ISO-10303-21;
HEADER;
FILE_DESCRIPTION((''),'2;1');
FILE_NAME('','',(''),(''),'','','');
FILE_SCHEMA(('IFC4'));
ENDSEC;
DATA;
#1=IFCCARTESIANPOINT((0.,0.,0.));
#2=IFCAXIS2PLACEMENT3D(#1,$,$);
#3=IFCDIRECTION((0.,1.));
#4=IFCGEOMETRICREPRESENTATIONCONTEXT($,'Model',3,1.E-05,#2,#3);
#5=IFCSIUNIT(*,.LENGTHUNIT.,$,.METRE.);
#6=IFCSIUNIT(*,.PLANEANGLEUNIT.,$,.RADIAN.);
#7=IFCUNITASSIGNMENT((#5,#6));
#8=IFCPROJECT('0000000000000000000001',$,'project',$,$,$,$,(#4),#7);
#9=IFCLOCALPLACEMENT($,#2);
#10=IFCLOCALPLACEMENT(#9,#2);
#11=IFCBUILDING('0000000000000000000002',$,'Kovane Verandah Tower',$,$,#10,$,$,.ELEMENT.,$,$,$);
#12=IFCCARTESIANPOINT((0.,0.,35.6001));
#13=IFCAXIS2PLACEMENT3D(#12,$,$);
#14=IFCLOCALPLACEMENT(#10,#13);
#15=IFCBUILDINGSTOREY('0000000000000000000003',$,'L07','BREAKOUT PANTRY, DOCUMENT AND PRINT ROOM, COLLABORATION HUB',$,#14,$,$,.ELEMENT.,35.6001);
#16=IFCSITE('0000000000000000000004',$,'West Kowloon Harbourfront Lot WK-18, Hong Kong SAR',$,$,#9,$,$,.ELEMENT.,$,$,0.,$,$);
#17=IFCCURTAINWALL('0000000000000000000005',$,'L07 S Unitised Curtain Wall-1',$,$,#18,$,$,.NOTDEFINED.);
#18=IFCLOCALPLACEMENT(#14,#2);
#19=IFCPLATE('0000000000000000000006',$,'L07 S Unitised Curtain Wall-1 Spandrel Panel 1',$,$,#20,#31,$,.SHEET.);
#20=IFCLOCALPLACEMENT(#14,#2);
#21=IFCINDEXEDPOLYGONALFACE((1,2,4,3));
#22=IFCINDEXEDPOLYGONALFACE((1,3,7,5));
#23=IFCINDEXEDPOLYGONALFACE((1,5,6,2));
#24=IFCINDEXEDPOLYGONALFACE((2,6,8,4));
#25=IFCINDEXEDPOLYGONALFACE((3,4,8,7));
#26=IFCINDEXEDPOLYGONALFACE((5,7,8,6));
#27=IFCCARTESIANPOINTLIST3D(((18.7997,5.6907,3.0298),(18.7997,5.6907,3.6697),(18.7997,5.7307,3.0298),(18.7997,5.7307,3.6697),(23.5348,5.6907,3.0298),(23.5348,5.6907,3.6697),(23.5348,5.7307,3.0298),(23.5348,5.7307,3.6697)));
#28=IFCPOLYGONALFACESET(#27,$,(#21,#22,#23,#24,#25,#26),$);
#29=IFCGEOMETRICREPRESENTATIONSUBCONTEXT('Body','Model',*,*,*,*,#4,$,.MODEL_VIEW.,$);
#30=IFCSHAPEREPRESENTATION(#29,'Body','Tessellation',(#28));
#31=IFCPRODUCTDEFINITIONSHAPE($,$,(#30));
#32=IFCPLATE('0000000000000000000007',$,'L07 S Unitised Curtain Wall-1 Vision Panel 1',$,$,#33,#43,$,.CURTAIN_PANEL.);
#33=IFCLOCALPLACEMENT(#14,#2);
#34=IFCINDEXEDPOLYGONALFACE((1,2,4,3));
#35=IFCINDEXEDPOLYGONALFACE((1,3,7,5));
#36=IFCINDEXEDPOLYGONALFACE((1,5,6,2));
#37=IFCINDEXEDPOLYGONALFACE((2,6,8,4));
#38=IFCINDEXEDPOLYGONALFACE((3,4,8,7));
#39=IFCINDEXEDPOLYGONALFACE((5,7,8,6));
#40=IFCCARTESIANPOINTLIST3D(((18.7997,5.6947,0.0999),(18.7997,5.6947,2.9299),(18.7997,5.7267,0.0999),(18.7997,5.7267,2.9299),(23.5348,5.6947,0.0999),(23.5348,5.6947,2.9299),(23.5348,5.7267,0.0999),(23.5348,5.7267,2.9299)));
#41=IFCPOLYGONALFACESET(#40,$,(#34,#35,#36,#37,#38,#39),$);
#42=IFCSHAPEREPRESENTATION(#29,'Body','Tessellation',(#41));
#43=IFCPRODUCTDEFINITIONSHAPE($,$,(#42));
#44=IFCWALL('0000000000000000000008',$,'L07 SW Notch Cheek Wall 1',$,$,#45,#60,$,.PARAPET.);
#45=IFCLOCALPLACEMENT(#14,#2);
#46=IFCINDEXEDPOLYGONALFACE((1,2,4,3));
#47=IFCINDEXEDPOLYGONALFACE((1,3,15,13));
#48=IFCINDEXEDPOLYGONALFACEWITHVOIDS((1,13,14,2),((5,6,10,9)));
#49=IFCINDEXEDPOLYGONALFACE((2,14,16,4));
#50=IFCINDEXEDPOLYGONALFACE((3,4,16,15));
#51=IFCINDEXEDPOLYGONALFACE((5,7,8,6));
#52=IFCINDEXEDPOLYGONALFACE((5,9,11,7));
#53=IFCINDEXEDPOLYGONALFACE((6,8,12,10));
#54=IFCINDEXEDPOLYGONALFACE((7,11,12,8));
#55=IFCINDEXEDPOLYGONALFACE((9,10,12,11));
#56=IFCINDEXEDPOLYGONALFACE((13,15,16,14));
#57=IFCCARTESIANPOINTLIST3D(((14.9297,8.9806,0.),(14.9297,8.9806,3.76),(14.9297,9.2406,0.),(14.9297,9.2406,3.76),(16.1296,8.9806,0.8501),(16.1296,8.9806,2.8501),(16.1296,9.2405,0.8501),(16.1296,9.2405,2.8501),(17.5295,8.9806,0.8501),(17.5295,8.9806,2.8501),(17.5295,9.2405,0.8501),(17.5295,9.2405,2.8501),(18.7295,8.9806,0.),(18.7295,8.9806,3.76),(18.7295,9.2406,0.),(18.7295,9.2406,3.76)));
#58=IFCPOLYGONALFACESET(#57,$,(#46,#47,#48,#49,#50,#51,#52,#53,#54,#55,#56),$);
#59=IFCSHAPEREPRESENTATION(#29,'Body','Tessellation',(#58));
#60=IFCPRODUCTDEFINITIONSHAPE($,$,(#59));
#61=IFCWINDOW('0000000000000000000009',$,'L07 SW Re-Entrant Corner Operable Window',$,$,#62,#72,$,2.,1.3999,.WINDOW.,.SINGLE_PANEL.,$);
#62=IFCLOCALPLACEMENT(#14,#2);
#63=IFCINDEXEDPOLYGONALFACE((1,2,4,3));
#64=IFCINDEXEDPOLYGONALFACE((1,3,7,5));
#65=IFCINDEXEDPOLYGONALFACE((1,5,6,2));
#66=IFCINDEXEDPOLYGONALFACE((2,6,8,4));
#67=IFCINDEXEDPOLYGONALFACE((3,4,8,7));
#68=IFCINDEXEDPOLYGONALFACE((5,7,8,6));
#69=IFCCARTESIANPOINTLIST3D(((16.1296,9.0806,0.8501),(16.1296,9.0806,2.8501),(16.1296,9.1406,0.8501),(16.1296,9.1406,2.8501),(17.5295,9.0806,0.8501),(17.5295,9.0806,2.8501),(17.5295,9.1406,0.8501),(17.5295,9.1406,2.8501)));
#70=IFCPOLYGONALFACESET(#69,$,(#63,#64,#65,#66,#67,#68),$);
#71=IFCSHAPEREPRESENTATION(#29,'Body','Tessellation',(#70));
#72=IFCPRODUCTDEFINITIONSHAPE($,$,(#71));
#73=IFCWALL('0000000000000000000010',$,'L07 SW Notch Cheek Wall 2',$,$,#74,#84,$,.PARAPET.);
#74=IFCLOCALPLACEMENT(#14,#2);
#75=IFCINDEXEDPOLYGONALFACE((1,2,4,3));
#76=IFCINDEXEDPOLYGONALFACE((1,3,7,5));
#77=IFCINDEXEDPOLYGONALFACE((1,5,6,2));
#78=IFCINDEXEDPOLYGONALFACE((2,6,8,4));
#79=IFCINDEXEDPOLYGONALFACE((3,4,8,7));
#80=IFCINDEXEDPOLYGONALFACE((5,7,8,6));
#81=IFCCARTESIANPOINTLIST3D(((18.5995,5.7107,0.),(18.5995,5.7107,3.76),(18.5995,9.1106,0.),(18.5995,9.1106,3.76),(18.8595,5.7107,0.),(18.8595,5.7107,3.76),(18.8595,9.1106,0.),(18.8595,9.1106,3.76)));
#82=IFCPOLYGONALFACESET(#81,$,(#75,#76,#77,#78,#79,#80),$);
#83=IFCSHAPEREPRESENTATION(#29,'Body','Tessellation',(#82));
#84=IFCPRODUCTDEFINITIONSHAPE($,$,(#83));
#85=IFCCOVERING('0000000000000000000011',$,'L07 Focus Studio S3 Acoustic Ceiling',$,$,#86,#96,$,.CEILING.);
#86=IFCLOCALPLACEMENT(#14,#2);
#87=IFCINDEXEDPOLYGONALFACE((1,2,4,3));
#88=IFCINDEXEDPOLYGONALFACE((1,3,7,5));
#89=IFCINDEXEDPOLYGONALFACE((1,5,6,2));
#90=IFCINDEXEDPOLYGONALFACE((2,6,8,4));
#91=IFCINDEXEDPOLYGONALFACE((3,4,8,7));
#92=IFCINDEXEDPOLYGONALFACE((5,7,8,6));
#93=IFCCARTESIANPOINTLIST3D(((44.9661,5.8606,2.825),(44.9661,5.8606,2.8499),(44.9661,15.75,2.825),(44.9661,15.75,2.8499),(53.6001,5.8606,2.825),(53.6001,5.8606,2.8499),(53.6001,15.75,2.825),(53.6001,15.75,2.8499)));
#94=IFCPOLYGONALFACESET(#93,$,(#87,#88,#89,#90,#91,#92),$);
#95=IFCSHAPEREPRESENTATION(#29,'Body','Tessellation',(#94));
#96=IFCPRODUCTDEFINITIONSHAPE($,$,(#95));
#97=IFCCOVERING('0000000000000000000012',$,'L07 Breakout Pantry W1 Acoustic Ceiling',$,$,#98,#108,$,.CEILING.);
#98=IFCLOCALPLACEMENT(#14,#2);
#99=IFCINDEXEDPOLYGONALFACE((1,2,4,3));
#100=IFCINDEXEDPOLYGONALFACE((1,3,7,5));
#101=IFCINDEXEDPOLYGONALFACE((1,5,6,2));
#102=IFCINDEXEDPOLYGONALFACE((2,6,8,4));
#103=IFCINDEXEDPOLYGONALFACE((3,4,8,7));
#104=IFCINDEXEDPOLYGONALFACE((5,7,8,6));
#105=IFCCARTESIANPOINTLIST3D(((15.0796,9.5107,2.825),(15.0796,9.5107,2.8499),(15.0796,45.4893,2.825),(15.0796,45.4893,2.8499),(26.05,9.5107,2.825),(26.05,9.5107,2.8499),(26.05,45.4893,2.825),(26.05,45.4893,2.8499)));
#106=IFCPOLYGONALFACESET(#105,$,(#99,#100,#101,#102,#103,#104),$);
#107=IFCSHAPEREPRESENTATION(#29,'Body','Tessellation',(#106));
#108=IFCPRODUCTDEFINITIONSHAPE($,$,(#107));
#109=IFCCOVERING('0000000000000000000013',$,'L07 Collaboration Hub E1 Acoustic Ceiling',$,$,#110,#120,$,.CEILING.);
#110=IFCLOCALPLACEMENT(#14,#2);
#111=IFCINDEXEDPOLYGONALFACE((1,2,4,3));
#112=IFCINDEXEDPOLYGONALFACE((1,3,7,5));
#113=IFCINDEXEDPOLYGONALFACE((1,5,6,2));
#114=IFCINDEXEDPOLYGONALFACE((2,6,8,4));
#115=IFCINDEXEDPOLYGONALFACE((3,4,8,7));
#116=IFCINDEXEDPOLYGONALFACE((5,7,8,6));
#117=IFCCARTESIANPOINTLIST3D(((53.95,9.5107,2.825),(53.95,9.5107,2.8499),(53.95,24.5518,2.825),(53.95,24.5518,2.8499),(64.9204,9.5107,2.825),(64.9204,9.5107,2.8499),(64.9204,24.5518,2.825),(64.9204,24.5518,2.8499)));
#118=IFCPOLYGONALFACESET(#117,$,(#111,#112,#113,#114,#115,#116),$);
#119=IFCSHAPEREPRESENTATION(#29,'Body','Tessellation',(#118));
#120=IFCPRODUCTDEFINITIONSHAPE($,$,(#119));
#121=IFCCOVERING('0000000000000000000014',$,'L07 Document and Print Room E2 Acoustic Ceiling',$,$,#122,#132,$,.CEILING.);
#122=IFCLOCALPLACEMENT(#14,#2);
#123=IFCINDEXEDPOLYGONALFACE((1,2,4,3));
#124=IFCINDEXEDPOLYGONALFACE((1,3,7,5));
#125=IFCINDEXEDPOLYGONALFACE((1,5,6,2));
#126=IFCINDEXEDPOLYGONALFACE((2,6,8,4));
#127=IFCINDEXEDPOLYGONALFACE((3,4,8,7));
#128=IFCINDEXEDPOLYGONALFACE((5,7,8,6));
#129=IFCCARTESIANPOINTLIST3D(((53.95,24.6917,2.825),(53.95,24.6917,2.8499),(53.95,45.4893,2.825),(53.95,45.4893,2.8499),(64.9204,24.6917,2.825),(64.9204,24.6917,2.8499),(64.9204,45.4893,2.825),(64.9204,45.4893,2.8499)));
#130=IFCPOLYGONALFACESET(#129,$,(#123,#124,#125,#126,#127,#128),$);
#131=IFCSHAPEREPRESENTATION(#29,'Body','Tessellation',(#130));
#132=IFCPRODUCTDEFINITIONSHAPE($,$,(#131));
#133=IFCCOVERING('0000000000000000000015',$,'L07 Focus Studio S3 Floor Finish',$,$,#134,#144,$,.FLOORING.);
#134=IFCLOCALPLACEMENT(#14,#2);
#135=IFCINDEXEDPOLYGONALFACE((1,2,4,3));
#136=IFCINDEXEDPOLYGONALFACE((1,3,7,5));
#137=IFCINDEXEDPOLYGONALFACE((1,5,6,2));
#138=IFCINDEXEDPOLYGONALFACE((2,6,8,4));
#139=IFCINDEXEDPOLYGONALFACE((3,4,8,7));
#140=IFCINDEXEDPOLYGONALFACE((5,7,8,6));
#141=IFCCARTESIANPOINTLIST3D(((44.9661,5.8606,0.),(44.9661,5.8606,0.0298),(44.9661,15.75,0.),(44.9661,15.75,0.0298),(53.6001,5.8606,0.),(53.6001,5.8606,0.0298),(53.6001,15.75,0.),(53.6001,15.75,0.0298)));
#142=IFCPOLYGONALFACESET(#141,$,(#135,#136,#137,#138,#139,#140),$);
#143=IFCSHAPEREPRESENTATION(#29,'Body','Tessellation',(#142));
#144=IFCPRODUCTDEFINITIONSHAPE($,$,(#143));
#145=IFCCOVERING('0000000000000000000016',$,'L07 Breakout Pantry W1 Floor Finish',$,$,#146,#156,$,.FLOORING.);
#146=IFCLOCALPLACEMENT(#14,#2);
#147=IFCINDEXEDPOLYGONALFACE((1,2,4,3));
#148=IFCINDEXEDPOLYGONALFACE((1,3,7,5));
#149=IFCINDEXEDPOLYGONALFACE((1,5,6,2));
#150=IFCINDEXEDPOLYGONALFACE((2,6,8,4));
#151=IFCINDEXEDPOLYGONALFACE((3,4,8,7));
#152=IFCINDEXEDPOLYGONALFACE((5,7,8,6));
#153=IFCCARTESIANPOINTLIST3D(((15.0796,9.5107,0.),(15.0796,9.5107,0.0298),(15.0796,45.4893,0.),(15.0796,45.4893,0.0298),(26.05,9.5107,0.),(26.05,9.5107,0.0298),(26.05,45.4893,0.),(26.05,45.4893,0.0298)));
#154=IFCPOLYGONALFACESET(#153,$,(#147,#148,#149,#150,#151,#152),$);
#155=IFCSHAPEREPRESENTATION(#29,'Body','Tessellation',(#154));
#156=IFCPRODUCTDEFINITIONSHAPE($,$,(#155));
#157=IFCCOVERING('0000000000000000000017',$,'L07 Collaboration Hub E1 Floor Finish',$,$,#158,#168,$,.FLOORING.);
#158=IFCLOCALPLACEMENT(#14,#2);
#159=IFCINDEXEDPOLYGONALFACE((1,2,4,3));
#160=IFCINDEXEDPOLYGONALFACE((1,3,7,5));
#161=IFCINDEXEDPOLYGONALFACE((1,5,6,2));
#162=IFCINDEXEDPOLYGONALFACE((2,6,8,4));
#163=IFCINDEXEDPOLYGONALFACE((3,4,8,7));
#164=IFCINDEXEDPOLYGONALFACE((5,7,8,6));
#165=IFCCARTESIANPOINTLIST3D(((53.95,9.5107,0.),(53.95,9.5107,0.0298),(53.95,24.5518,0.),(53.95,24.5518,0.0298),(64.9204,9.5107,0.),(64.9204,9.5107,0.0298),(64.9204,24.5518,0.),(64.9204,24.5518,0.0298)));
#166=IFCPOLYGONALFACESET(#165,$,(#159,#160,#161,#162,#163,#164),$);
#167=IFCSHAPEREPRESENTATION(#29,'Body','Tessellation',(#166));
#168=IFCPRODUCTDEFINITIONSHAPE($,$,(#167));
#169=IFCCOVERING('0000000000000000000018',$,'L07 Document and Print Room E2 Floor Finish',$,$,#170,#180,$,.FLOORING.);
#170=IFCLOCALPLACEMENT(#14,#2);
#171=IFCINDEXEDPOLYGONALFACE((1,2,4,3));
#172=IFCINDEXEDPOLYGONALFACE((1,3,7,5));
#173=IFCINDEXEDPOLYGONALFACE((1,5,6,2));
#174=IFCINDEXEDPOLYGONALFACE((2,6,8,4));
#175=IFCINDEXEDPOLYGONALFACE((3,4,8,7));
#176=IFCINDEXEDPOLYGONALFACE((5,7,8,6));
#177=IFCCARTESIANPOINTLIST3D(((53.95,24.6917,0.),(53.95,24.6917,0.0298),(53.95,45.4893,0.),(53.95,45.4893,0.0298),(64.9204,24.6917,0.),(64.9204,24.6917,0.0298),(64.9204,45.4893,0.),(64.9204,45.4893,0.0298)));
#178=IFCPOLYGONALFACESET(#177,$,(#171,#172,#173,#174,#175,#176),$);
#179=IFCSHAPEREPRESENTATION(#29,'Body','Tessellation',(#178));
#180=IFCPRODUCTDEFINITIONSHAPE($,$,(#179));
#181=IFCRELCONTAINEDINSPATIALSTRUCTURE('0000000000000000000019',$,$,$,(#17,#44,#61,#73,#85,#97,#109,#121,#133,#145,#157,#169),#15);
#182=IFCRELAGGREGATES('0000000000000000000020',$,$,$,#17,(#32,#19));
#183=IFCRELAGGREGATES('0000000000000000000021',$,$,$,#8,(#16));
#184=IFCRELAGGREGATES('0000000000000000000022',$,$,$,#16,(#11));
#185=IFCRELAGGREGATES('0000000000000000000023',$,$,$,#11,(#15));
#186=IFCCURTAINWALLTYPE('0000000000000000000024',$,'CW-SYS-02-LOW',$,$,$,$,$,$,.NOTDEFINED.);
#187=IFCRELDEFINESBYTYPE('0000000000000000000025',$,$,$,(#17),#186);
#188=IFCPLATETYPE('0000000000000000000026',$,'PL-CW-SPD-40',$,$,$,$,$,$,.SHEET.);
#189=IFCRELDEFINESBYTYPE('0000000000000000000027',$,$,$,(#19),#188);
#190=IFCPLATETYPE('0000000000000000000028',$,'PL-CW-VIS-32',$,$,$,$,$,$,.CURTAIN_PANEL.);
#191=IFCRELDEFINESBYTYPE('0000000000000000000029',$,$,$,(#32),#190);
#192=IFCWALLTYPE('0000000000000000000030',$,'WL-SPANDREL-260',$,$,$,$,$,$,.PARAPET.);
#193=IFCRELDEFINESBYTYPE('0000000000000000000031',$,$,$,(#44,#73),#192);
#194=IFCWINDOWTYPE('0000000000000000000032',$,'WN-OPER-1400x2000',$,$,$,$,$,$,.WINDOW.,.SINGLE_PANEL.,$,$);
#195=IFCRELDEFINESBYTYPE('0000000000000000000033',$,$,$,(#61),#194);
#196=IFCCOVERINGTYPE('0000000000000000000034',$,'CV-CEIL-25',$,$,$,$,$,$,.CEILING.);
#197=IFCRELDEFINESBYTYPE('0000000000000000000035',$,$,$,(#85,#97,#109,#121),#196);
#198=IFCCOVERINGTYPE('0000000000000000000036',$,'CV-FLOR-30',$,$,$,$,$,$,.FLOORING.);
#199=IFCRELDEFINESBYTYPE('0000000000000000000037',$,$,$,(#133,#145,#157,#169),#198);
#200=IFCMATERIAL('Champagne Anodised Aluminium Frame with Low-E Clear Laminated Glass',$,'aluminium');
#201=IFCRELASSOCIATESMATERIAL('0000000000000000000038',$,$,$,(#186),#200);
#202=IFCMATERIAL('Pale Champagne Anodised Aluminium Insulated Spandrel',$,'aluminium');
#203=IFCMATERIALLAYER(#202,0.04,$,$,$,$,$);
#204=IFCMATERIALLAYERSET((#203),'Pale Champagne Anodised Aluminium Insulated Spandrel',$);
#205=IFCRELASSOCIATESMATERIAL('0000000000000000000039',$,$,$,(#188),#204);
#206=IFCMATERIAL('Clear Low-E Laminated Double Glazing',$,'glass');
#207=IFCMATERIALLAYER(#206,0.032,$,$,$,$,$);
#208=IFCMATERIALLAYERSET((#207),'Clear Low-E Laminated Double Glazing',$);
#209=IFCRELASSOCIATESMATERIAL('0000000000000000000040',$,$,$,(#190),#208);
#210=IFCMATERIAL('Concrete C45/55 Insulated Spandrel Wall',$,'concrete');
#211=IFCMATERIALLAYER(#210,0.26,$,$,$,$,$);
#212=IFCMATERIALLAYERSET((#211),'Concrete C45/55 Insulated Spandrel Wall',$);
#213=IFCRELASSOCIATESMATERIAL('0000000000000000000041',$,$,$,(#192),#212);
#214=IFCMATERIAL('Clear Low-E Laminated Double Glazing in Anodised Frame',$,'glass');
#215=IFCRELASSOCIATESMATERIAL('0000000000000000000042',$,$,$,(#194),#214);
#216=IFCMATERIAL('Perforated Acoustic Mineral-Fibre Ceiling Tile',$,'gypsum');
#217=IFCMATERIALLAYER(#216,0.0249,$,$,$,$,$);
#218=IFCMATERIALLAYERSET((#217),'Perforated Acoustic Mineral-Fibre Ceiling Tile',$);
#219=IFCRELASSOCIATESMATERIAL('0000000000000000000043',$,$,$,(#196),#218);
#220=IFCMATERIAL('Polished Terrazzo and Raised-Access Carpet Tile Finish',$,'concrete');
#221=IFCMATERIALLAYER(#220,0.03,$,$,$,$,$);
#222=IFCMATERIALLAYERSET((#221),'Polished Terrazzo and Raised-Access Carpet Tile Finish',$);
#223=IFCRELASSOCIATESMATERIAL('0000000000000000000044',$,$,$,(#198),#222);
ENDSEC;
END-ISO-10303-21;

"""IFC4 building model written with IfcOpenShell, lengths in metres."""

from ifc_helpers import new_model, si_unit, direction, frame, frame_2d, origin, origin_2d, place, context, subcontext, project, spatial, polyline, rectangle, outline, extrude, material, layer, layer_set, type_object, element, fill, aggregate, save


model = new_model("IFC4")

# Units and contexts
model_context = context("Model", 3, precision=1e-05, world=origin(), true_north=direction((0.0, 1.0)))
body_context = subcontext(model_context, "Body", "Model", "MODEL_VIEW")
ifc_project = project(units=[si_unit("LENGTHUNIT", "METRE"), si_unit("PLANEANGLEUNIT", "RADIAN")], contexts=[model_context])

# Site, building, storey
site_placement = place(None, origin())
site = spatial("IfcSite", under=ifc_project, at=site_placement, Name="West Kowloon Harbourfront Lot WK-18, Hong Kong SAR", CompositionType="ELEMENT", RefElevation=0.0)
building_placement = place(site_placement, origin())
building = spatial("IfcBuilding", under=site, at=building_placement, Name="Kovane Verandah Tower", CompositionType="ELEMENT")
storey_placement = place(building_placement, frame((0.0, 0.0, 35.6001)))
storey = spatial("IfcBuildingStorey", under=building, at=storey_placement, Name="L07", Description="BREAKOUT PANTRY, DOCUMENT AND PRINT ROOM, COLLABORATION HUB", CompositionType="ELEMENT", Elevation=35.6001)

# Curtain wall, plates
ifc_material_1 = material(Name="Champagne Anodised Aluminium Frame with Low-E Clear Laminated Glass", Category="aluminium")
curtain_wall_type = type_object("IfcCurtainWallType", Name="CW-SYS-02-LOW", PredefinedType="NOTDEFINED", material=ifc_material_1)
curtain_wall_placement = place(storey_placement, origin())
curtain_wall = element("IfcCurtainWall", 1, at=curtain_wall_placement, inside=storey, type_object=curtain_wall_type, Name="L07 S Unitised Curtain Wall-1", PredefinedType="NOTDEFINED")
ifc_material_2 = material(Name="Pale Champagne Anodised Aluminium Insulated Spandrel", Category="aluminium")
ifc_layer_1 = layer(ifc_material_2, 0.04)
ifc_layer_set_1 = layer_set([ifc_layer_1], Name="Pale Champagne Anodised Aluminium Insulated Spandrel")
plate_type_1 = type_object("IfcPlateType", Name="PL-CW-SPD-40", PredefinedType="SHEET", material=ifc_layer_set_1)
plate_1_placement = place(storey_placement, frame((21.1672, 5.7107, 3.0298), z_axis=(0.0, 0.0, 1.0), x_axis=(1.0, 0.0, 0.0)))
plate_1 = element("IfcPlate", 2, at=plate_1_placement, type_object=plate_type_1, Name="L07 S Unitised Curtain Wall-1 Spandrel Panel 1", PredefinedType="SHEET", context=body_context, shape_type="SweptSolid", body=[
    extrude(rectangle(XDim=4.7351, YDim=0.04, at=origin_2d()), origin(), (0.0, 0.0, 1.0), 0.6399),
])
ifc_material_3 = material(Name="Clear Low-E Laminated Double Glazing", Category="glass")
ifc_layer_2 = layer(ifc_material_3, 0.032)
ifc_layer_set_2 = layer_set([ifc_layer_2], Name="Clear Low-E Laminated Double Glazing")
plate_type_2 = type_object("IfcPlateType", Name="PL-CW-VIS-32", PredefinedType="CURTAIN_PANEL", material=ifc_layer_set_2)
plate_2_placement = place(storey_placement, frame((21.1672, 5.7107, 0.0999), z_axis=(0.0, 0.0, 1.0), x_axis=(1.0, 0.0, 0.0)))
plate_2 = element("IfcPlate", 3, at=plate_2_placement, type_object=plate_type_2, Name="L07 S Unitised Curtain Wall-1 Vision Panel 1", PredefinedType="CURTAIN_PANEL", context=body_context, shape_type="SweptSolid", body=[
    extrude(rectangle(XDim=4.7351, YDim=0.032, at=origin_2d()), origin(), (0.0, 0.0, 1.0), 2.8301),
])
aggregate(curtain_wall, [plate_2, plate_1])

# Wall, opening, window
ifc_material_4 = material(Name="Concrete C45/55 Insulated Spandrel Wall", Category="concrete")
ifc_layer_3 = layer(ifc_material_4, 0.26)
ifc_layer_set_3 = layer_set([ifc_layer_3], Name="Concrete C45/55 Insulated Spandrel Wall")
wall_type = type_object("IfcWallType", Name="WL-SPANDREL-260", PredefinedType="PARAPET", material=ifc_layer_set_3)
wall_1_placement = place(storey_placement, frame((14.9297, 9.1106, 0.0), z_axis=(0.0, 0.0, 1.0), x_axis=(1.0, 0.0, 0.0)))
wall_1 = element("IfcWall", 4, at=wall_1_placement, inside=storey, type_object=wall_type, Name="L07 SW Notch Cheek Wall 1", PredefinedType="PARAPET", context=body_context, shape_type="SweptSolid", body=[
    extrude(rectangle(XDim=3.7998, YDim=0.26, at=frame_2d((1.8999, 0.0))), origin(), (0.0, 0.0, 1.0), 3.76),
])
opening_placement = place(wall_1_placement, frame((1.2, 0.0, 0.8501)))
opening = element("IfcOpeningElement", 5, at=opening_placement, cuts=wall_1, PredefinedType="OPENING", context=body_context, shape_type="SweptSolid", body=[
    extrude(rectangle(XDim=1.3999, YDim=2.0, at=frame_2d((0.7, 1.0))), frame((0.0, 0.1299, 0.0), z_axis=(0.0, -1.0, 0.0), x_axis=(1.0, 0.0, 0.0)), (0.0, 0.0, 1.0), 0.26),
])
ifc_material_5 = material(Name="Clear Low-E Laminated Double Glazing in Anodised Frame", Category="glass")
window_type = type_object("IfcWindowType", Name="WN-OPER-1400x2000", PartitioningType="SINGLE_PANEL", PredefinedType="WINDOW", material=ifc_material_5)
window_placement = place(opening_placement, origin())
window = element("IfcWindow", 6, at=window_placement, inside=storey, type_object=window_type, Name="L07 SW Re-Entrant Corner Operable Window", OverallHeight=2.0, OverallWidth=1.3999, PartitioningType="SINGLE_PANEL", PredefinedType="WINDOW", context=body_context, shape_type="SweptSolid", body=[
    extrude(rectangle(XDim=1.3999, YDim=2.0, at=frame_2d((0.7, 1.0))), frame((0.0, 0.03, 0.0), z_axis=(0.0, -1.0, 0.0), x_axis=(1.0, 0.0, 0.0)), (0.0, 0.0, 1.0), 0.0601),
])
fill(opening, window)

# Wall
wall_2_placement = place(storey_placement, frame((18.7295, 9.1106, 0.0), z_axis=(0.0, 0.0, 1.0), x_axis=(0.0, -1.0, 0.0)))
element("IfcWall", 7, at=wall_2_placement, inside=storey, type_object=wall_type, Name="L07 SW Notch Cheek Wall 2", PredefinedType="PARAPET", context=body_context, shape_type="SweptSolid", body=[
    extrude(rectangle(XDim=3.3999, YDim=0.26, at=frame_2d((1.7, 0.0))), origin(), (0.0, 0.0, 1.0), 3.76),
])

# Coverings
ifc_material_6 = material(Name="Perforated Acoustic Mineral-Fibre Ceiling Tile", Category="gypsum")
ifc_layer_4 = layer(ifc_material_6, 0.0249)
ifc_layer_set_4 = layer_set([ifc_layer_4], Name="Perforated Acoustic Mineral-Fibre Ceiling Tile")
covering_type_1 = type_object("IfcCoveringType", Name="CV-CEIL-25", PredefinedType="CEILING", material=ifc_layer_set_4)
covering_1_placement = place(storey_placement, frame((0.0, 0.0, 2.825)))
element("IfcCovering", 8, at=covering_1_placement, inside=storey, type_object=covering_type_1, Name="L07 Focus Studio S3 Acoustic Ceiling", PredefinedType="CEILING", context=body_context, shape_type="SweptSolid", body=[
    extrude(outline(polyline([(44.9661, 5.8606), (53.6001, 5.8606), (53.6001, 15.75), (44.9661, 15.75), (44.9661, 5.8606)])), origin(), (0.0, 0.0, 1.0), 0.0249),
])
covering_2_placement = place(storey_placement, frame((0.0, 0.0, 2.825)))
element("IfcCovering", 9, at=covering_2_placement, inside=storey, type_object=covering_type_1, Name="L07 Breakout Pantry W1 Acoustic Ceiling", PredefinedType="CEILING", context=body_context, shape_type="SweptSolid", body=[
    extrude(outline(polyline([(15.0796, 9.5107), (26.05, 9.5107), (26.05, 45.4893), (15.0796, 45.4893), (15.0796, 9.5107)])), origin(), (0.0, 0.0, 1.0), 0.0249),
])
covering_3_placement = place(storey_placement, frame((0.0, 0.0, 2.825)))
element("IfcCovering", 10, at=covering_3_placement, inside=storey, type_object=covering_type_1, Name="L07 Collaboration Hub E1 Acoustic Ceiling", PredefinedType="CEILING", context=body_context, shape_type="SweptSolid", body=[
    extrude(outline(polyline([(53.95, 9.5107), (64.9204, 9.5107), (64.9204, 24.5518), (53.95, 24.5518), (53.95, 9.5107)])), origin(), (0.0, 0.0, 1.0), 0.0249),
])
covering_4_placement = place(storey_placement, frame((0.0, 0.0, 2.825)))
element("IfcCovering", 11, at=covering_4_placement, inside=storey, type_object=covering_type_1, Name="L07 Document and Print Room E2 Acoustic Ceiling", PredefinedType="CEILING", context=body_context, shape_type="SweptSolid", body=[
    extrude(outline(polyline([(53.95, 24.6917), (64.9204, 24.6917), (64.9204, 45.4893), (53.95, 45.4893), (53.95, 24.6917)])), origin(), (0.0, 0.0, 1.0), 0.0249),
])
ifc_material_7 = material(Name="Polished Terrazzo and Raised-Access Carpet Tile Finish", Category="concrete")
ifc_layer_5 = layer(ifc_material_7, 0.03)
ifc_layer_set_5 = layer_set([ifc_layer_5], Name="Polished Terrazzo and Raised-Access Carpet Tile Finish")
covering_type_2 = type_object("IfcCoveringType", Name="CV-FLOR-30", PredefinedType="FLOORING", material=ifc_layer_set_5)
covering_5_placement = place(storey_placement, origin())
element("IfcCovering", 12, at=covering_5_placement, inside=storey, type_object=covering_type_2, Name="L07 Focus Studio S3 Floor Finish", PredefinedType="FLOORING", context=body_context, shape_type="SweptSolid", body=[
    extrude(outline(polyline([(44.9661, 5.8606), (53.6001, 5.8606), (53.6001, 15.75), (44.9661, 15.75), (44.9661, 5.8606)])), origin(), (0.0, 0.0, 1.0), 0.0298),
])
covering_6_placement = place(storey_placement, origin())
element("IfcCovering", 13, at=covering_6_placement, inside=storey, type_object=covering_type_2, Name="L07 Breakout Pantry W1 Floor Finish", PredefinedType="FLOORING", context=body_context, shape_type="SweptSolid", body=[
    extrude(outline(polyline([(15.0796, 9.5107), (26.05, 9.5107), (26.05, 45.4893), (15.0796, 45.4893), (15.0796, 9.5107)])), origin(), (0.0, 0.0, 1.0), 0.0298),
])
covering_7_placement = place(storey_placement, origin())
element("IfcCovering", 14, at=covering_7_placement, inside=storey, type_object=covering_type_2, Name="L07 Collaboration Hub E1 Floor Finish", PredefinedType="FLOORING", context=body_context, shape_type="SweptSolid", body=[
    extrude(outline(polyline([(53.95, 9.5107), (64.9204, 9.5107), (64.9204, 24.5518), (53.95, 24.5518), (53.95, 9.5107)])), origin(), (0.0, 0.0, 1.0), 0.0298),
])
covering_8_placement = place(storey_placement, origin())
element("IfcCovering", 15, at=covering_8_placement, inside=storey, type_object=covering_type_2, Name="L07 Document and Print Room E2 Floor Finish", PredefinedType="FLOORING", context=body_context, shape_type="SweptSolid", body=[
    extrude(outline(polyline([(53.95, 24.6917), (64.9204, 24.6917), (64.9204, 45.4893), (53.95, 45.4893), (53.95, 24.6917)])), origin(), (0.0, 0.0, 1.0), 0.0298),
])

save(model, "model.ifc")
